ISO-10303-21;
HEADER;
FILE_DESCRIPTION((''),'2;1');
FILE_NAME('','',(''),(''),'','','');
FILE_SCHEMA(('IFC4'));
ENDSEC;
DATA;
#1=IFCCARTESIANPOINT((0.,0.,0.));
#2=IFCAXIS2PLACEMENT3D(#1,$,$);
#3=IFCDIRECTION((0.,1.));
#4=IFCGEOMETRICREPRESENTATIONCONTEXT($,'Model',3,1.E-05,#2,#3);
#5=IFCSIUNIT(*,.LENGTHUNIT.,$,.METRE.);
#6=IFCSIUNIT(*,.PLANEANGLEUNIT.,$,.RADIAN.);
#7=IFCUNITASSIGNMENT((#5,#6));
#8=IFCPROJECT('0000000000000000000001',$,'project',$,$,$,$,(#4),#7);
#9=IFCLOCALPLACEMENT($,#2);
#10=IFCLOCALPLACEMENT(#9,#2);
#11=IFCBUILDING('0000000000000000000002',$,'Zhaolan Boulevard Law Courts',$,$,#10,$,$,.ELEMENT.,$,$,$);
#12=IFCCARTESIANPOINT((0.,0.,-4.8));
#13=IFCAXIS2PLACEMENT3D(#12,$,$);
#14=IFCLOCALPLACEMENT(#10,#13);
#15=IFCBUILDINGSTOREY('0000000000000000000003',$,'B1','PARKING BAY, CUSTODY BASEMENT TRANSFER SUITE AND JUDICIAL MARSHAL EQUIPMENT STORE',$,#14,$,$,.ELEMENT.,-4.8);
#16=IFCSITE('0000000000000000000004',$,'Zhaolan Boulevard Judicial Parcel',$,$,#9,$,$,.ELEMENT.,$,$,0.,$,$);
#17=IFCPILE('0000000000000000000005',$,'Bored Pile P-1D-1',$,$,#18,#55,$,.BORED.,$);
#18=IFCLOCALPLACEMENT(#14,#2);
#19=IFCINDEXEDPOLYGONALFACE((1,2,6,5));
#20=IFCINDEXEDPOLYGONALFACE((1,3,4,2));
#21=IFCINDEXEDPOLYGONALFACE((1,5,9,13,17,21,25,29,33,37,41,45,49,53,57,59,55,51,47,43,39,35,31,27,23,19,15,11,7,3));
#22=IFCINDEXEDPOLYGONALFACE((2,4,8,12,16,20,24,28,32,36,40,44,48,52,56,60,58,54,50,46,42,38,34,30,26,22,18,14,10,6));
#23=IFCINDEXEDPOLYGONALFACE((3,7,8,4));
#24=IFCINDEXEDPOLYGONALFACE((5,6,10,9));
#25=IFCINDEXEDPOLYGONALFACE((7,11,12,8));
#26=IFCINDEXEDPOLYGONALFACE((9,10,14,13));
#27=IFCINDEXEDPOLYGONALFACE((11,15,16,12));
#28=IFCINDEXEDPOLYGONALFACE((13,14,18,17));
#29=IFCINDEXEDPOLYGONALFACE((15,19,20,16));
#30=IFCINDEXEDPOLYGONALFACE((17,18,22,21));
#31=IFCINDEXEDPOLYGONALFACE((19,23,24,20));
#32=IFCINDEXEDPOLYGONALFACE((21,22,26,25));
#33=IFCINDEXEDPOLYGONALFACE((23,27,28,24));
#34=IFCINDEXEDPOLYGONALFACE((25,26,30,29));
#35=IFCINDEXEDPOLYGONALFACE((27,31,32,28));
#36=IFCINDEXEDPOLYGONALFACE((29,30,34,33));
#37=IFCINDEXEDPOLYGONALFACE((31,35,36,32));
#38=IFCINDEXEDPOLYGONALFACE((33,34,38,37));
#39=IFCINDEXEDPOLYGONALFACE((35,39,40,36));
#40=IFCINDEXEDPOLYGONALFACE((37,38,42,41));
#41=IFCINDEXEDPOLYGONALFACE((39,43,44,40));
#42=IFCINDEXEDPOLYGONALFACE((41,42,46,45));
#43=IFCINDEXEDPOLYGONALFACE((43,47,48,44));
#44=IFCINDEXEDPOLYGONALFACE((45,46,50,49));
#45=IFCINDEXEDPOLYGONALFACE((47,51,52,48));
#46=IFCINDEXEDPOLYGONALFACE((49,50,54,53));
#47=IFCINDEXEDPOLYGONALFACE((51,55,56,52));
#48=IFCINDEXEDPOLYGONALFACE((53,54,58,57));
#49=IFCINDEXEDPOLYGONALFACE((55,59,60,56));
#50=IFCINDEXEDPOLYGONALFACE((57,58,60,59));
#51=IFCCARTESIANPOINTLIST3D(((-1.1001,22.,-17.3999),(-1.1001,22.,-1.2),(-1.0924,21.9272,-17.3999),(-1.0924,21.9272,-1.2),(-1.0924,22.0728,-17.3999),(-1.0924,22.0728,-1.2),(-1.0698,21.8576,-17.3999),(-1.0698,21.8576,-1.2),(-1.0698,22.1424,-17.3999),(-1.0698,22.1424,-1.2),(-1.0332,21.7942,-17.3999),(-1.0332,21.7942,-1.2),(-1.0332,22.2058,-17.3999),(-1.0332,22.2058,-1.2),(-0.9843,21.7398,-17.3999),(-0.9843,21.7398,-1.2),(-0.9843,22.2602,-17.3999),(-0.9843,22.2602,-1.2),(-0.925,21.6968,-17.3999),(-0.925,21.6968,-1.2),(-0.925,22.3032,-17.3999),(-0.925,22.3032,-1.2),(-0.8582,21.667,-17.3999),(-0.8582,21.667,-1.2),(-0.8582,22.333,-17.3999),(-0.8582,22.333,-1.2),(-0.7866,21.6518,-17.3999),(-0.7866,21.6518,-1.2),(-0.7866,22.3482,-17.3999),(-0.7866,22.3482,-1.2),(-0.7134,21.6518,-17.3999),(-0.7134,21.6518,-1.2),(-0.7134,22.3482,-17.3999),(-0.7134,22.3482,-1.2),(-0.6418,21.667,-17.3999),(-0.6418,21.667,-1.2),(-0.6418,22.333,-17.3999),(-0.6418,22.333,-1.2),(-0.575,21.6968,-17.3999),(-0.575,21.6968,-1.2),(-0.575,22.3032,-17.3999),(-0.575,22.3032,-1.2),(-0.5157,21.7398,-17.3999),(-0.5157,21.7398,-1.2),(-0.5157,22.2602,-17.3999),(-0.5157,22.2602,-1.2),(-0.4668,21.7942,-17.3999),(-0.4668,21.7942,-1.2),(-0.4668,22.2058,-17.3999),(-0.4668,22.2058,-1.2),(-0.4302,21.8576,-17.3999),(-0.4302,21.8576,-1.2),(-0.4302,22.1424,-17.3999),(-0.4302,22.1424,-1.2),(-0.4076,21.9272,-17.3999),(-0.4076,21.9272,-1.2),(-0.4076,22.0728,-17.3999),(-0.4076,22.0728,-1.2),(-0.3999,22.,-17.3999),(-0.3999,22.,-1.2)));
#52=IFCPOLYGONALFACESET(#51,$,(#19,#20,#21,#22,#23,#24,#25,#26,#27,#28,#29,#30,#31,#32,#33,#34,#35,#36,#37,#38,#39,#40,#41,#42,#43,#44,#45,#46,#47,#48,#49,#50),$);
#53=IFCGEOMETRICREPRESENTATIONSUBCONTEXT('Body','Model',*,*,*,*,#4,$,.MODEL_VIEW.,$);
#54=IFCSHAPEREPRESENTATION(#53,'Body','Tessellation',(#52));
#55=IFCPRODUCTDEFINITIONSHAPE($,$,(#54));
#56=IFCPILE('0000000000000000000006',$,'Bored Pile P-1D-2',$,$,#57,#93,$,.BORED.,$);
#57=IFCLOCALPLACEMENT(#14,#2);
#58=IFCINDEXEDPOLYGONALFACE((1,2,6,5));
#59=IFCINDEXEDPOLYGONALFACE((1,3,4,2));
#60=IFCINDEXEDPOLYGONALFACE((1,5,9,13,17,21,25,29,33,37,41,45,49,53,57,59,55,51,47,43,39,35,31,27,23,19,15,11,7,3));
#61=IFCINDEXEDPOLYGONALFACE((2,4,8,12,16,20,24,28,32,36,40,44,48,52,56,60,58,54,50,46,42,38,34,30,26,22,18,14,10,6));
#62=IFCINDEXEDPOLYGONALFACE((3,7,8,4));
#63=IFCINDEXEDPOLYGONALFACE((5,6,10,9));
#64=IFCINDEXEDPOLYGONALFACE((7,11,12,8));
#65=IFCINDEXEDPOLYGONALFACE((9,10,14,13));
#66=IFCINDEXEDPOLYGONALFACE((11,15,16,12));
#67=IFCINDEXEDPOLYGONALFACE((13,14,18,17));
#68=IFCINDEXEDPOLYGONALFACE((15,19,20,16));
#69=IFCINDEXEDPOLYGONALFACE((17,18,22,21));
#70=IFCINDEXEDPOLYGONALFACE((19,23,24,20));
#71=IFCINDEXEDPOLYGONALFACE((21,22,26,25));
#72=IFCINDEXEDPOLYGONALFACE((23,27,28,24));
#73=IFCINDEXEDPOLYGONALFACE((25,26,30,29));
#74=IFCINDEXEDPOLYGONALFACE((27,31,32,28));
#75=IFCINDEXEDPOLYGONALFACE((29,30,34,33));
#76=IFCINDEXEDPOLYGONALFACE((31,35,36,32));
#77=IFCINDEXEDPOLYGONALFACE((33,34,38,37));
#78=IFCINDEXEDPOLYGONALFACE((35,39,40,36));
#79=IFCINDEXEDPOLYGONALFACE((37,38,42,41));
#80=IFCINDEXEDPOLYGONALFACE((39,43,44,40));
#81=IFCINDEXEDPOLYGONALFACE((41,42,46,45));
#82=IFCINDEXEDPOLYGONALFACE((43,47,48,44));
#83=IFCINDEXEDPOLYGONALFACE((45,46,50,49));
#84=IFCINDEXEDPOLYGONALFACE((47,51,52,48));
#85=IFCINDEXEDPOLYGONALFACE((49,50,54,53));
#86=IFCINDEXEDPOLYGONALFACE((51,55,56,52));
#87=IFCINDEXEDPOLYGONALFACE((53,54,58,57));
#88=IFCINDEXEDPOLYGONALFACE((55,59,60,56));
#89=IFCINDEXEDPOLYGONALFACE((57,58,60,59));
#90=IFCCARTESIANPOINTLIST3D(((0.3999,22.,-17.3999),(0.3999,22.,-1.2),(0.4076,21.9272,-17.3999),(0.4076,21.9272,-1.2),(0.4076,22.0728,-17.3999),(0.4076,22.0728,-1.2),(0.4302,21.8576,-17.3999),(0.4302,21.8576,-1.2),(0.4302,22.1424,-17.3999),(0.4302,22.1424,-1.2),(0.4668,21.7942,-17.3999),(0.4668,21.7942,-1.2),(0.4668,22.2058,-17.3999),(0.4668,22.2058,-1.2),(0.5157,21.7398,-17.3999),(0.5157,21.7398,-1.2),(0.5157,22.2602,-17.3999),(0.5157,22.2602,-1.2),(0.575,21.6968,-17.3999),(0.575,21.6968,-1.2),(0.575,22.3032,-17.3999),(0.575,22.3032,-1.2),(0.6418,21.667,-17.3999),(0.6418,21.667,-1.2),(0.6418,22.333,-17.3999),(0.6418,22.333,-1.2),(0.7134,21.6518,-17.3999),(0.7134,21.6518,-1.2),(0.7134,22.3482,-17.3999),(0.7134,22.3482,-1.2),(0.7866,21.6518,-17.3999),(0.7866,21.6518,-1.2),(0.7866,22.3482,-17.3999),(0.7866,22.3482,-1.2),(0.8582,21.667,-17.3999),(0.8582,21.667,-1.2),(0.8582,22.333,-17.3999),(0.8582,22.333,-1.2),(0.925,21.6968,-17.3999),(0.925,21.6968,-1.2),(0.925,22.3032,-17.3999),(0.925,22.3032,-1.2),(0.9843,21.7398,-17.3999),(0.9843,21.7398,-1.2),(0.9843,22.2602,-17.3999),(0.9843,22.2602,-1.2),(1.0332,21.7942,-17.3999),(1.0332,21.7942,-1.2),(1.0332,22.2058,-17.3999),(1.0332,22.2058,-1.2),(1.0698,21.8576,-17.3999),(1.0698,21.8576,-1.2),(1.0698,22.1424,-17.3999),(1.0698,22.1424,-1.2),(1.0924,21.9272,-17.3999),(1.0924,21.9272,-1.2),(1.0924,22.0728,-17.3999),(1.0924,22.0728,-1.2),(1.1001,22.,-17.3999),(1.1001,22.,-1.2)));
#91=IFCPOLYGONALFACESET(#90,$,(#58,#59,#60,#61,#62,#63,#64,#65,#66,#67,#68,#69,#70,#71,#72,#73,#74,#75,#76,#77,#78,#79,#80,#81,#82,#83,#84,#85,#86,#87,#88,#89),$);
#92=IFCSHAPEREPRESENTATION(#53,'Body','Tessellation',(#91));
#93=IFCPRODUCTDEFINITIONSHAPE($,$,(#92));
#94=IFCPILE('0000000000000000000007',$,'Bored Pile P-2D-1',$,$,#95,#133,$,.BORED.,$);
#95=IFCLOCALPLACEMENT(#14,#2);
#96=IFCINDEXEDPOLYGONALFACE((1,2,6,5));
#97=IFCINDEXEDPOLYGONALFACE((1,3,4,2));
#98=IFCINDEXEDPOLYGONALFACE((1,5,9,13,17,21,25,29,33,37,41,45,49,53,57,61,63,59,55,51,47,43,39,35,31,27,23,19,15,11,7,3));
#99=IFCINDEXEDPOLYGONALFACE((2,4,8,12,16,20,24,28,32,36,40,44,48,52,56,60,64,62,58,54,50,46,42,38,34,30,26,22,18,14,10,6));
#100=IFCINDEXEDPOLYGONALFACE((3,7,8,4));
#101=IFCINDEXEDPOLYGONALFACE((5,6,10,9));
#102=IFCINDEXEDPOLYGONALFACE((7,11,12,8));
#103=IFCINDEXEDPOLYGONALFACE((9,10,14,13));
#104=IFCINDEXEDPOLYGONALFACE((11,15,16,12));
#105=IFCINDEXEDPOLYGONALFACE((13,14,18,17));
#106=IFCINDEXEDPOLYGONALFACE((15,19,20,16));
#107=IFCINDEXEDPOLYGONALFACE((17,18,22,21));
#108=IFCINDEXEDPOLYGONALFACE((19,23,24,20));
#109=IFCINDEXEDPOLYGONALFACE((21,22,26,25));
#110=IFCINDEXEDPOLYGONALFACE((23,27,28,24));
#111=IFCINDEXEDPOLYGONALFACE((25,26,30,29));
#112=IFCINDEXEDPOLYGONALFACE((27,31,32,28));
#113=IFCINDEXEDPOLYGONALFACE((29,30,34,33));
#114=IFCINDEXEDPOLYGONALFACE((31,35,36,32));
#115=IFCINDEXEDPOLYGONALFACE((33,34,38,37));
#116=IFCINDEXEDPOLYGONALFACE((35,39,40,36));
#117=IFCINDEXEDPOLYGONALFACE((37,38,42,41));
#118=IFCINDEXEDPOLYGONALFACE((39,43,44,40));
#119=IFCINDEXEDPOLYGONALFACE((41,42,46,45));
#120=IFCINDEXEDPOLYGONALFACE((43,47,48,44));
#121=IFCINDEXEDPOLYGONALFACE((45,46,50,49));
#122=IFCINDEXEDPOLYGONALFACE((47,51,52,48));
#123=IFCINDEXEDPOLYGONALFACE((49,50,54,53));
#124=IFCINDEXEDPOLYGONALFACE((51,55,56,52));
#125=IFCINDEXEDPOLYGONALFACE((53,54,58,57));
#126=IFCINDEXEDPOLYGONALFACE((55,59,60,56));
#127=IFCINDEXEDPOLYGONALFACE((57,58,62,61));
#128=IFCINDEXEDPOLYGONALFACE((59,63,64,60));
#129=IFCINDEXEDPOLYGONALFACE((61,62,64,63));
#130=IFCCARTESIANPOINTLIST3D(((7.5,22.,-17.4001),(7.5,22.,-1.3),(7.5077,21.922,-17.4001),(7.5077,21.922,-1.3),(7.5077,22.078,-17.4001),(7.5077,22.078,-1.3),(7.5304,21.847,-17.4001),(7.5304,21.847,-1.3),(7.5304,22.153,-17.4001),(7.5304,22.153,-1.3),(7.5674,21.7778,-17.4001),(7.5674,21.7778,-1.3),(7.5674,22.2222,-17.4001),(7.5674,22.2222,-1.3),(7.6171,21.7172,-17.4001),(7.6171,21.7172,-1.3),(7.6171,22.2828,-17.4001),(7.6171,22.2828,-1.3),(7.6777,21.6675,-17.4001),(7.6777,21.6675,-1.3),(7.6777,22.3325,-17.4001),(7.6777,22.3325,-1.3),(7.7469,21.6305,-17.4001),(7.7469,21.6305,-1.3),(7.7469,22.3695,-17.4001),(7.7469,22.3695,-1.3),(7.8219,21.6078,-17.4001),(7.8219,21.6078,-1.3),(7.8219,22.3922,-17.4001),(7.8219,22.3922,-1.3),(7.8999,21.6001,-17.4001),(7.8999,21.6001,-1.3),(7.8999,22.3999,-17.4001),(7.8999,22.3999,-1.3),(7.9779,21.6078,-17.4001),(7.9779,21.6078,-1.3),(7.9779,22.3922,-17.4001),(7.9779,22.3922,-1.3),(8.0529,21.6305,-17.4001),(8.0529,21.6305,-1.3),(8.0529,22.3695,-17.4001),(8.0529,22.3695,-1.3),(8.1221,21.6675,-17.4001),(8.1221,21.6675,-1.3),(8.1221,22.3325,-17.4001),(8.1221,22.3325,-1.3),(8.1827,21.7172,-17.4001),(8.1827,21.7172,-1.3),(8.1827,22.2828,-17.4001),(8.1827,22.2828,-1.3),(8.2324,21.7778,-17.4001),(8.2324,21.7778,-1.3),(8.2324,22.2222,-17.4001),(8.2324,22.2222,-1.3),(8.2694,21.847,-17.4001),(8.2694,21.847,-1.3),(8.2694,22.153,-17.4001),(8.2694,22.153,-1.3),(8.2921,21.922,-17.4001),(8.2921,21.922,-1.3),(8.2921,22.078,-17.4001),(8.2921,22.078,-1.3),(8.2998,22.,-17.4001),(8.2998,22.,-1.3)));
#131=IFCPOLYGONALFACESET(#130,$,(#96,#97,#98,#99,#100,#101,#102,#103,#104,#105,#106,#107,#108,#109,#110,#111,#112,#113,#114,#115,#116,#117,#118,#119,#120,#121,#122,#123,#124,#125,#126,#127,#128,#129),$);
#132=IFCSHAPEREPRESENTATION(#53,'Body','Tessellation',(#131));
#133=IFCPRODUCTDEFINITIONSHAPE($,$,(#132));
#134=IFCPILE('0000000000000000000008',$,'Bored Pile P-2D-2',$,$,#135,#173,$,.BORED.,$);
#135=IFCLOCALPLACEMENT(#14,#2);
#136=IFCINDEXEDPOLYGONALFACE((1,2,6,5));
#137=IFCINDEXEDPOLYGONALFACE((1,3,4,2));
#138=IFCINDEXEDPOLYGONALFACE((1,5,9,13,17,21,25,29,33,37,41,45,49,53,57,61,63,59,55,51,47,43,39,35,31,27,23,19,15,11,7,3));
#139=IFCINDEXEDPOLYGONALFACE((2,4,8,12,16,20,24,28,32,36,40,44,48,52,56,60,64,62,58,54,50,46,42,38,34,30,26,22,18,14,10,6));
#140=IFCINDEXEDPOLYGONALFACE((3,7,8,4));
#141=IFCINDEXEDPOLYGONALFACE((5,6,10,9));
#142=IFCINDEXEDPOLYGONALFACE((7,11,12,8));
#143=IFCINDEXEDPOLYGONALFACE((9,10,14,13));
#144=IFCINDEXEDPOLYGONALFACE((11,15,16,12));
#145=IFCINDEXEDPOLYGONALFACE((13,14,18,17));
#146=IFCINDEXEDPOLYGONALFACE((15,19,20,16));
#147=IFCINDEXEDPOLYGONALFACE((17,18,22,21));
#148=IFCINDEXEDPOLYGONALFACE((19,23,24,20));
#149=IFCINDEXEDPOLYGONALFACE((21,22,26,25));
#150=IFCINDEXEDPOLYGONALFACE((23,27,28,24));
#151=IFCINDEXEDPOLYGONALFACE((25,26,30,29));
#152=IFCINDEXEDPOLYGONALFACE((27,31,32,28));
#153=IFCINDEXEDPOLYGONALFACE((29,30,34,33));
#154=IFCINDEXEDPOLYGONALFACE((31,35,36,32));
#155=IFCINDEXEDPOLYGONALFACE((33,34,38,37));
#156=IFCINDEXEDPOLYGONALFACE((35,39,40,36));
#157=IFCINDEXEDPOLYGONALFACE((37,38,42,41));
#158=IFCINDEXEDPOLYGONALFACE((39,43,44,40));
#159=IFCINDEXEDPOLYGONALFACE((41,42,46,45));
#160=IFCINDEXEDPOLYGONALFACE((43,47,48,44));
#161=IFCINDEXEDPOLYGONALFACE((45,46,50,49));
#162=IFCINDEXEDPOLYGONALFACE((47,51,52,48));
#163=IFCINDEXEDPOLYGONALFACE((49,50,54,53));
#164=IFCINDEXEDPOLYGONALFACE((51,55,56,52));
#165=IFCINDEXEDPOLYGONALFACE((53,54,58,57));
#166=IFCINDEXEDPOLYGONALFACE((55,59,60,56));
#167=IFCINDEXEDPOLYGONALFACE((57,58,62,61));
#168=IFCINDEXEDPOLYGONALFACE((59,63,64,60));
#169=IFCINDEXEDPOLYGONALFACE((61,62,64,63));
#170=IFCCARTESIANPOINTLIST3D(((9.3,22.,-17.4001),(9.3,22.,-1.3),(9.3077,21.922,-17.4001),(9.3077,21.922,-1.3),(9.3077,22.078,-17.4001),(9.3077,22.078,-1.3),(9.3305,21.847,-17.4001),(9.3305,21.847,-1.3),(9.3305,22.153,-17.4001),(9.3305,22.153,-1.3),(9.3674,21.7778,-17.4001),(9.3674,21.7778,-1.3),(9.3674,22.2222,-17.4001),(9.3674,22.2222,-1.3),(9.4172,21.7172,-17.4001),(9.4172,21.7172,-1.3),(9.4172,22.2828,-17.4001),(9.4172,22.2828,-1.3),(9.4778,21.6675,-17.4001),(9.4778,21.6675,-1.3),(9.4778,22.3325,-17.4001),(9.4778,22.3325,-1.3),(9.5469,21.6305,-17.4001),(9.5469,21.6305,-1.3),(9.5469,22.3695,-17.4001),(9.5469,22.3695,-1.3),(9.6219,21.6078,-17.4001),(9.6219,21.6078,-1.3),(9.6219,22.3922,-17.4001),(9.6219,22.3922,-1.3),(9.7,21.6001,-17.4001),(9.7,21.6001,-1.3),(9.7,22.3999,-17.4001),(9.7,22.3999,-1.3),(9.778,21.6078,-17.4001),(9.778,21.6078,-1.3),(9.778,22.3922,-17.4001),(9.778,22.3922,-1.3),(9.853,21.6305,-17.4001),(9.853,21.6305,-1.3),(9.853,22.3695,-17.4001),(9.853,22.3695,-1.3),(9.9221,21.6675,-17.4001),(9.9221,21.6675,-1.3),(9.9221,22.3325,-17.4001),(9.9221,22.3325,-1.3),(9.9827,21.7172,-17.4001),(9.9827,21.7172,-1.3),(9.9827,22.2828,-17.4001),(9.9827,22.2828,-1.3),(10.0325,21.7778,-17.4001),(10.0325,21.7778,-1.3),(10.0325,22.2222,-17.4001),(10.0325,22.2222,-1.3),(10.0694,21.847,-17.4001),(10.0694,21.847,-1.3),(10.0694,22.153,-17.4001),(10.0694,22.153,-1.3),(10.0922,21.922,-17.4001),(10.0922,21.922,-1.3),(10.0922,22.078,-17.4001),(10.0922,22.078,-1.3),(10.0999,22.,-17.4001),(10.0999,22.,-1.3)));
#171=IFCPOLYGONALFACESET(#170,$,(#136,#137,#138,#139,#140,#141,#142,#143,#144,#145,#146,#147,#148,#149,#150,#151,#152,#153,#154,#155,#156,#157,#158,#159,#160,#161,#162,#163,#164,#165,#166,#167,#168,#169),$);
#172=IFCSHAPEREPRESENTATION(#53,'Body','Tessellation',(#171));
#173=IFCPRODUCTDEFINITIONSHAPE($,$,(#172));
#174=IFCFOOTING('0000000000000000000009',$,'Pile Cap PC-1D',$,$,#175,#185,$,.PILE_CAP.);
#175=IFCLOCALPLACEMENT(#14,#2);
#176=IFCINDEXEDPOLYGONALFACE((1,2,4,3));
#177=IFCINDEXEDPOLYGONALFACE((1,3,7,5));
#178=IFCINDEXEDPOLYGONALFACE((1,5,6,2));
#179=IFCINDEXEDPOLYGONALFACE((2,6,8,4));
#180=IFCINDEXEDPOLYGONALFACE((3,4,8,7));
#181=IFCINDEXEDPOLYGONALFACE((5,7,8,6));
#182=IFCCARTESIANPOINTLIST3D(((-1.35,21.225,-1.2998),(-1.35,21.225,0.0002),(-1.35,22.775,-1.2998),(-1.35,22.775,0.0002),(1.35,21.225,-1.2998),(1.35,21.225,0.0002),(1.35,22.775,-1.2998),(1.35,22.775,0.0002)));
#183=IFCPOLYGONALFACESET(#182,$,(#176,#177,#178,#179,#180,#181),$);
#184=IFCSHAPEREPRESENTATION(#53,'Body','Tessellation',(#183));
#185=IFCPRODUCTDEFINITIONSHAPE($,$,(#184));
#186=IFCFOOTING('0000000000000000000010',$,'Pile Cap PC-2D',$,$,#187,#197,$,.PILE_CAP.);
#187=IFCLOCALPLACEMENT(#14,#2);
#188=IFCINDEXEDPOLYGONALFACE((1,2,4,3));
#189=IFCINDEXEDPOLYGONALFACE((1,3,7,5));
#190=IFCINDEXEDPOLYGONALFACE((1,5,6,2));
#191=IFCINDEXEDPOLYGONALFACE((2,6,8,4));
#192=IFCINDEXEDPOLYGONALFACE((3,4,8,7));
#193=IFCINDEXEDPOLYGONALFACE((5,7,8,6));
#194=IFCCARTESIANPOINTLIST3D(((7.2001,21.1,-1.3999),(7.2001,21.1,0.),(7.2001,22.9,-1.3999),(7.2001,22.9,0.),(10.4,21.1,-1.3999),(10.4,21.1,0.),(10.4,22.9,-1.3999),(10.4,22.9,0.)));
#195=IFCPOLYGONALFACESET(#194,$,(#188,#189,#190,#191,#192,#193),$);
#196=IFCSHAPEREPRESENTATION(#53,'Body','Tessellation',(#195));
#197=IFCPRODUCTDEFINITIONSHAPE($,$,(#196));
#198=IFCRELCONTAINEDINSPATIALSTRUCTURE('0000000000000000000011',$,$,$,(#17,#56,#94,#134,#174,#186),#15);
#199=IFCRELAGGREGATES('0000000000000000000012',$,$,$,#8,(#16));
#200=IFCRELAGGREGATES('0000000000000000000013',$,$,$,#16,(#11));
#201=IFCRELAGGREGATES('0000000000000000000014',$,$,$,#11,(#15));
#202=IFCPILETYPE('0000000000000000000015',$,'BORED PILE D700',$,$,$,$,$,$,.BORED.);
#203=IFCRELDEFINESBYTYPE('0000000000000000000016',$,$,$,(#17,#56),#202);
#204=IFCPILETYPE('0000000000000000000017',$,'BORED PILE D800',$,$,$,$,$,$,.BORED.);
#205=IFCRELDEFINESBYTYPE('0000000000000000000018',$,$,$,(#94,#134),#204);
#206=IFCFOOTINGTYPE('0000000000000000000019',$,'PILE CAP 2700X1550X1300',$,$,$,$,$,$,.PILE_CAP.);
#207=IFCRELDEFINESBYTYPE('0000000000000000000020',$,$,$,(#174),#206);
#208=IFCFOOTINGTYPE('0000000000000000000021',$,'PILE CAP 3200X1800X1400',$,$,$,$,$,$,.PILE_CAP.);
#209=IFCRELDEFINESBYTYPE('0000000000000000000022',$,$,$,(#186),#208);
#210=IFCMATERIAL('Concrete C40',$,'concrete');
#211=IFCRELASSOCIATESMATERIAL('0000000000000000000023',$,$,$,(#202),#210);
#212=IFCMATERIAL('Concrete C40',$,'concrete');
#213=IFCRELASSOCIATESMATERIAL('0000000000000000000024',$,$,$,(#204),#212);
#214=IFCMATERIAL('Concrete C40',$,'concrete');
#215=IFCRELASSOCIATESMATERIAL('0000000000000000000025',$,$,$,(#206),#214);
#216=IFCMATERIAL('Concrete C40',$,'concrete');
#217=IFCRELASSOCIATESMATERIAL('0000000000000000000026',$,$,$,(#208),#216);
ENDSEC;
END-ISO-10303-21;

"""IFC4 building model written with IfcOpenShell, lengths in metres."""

from ifc_helpers import new_model, si_unit, direction, frame, origin, origin_2d, place, context, subcontext, project, spatial, rectangle, circle, extrude, material, material_profile, profile_set, type_object, element, save


model = new_model("IFC4")

# Units and contexts
model_context = context("Model", 3, precision=1e-05, world=origin(), true_north=direction((0.0, 1.0)))
body_context = subcontext(model_context, "Body", "Model", "MODEL_VIEW")
ifc_project = project(units=[si_unit("LENGTHUNIT", "METRE"), si_unit("PLANEANGLEUNIT", "RADIAN")], contexts=[model_context])

# Site, building, storey
site_placement = place(None, origin())
site = spatial("IfcSite", under=ifc_project, at=site_placement, Name="Zhaolan Boulevard Judicial Parcel", CompositionType="ELEMENT", RefElevation=0.0)
building_placement = place(site_placement, origin())
building = spatial("IfcBuilding", under=site, at=building_placement, Name="Zhaolan Boulevard Law Courts", CompositionType="ELEMENT")
storey_placement = place(building_placement, frame((0.0, 0.0, -4.8)))
storey = spatial("IfcBuildingStorey", under=building, at=storey_placement, Name="B1", Description="PARKING BAY, CUSTODY BASEMENT TRANSFER SUITE AND JUDICIAL MARSHAL EQUIPMENT STORE", CompositionType="ELEMENT", Elevation=-4.8)

# Piles
ifc_material_1 = material(Name="Concrete C40", Category="concrete")
ifc_material_profile_1 = material_profile(ifc_material_1, circle(Radius=0.3501, at=origin_2d()), Name="PILE-D700")
ifc_profile_set_1 = profile_set([ifc_material_profile_1], Name="Concrete C40")
pile_type_1 = type_object("IfcPileType", Name="BORED PILE D700", PredefinedType="BORED", material=ifc_profile_set_1)
for number, where, z_axis, x_axis, name in (
    (1, (-0.75, 22.0, -1.2), (0.0, 0.0, -1.0), (1.0, 0.0, 0.0), "Bored Pile P-1D-1"),
    (2, (0.75, 22.0, -1.2), (0.0, 0.0, -1.0), (1.0, 0.0, 0.0), "Bored Pile P-1D-2"),
):
    element("IfcPile", number, at=place(storey_placement, frame(where, z_axis=z_axis, x_axis=x_axis)), inside=storey, type_object=pile_type_1, Name=name, PredefinedType="BORED", context=body_context, shape_type="SweptSolid", body=[
        extrude(circle(Radius=0.3501, at=origin_2d()), origin(), (0.0, 0.0, 1.0), 16.2),
    ])
ifc_material_2 = material(Name="Concrete C40", Category="concrete")
ifc_material_profile_2 = material_profile(ifc_material_2, circle(Radius=0.3999, at=origin_2d()), Name="PILE-D800")
ifc_profile_set_2 = profile_set([ifc_material_profile_2], Name="Concrete C40")
pile_type_2 = type_object("IfcPileType", Name="BORED PILE D800", PredefinedType="BORED", material=ifc_profile_set_2)
for number, where, z_axis, x_axis, name in (
    (3, (7.8999, 22.0, -1.3), (0.0, 0.0, -1.0), (1.0, 0.0, 0.0), "Bored Pile P-2D-1"),
    (4, (9.7, 22.0, -1.3), (0.0, 0.0, -1.0), (1.0, 0.0, 0.0), "Bored Pile P-2D-2"),
):
    element("IfcPile", number, at=place(storey_placement, frame(where, z_axis=z_axis, x_axis=x_axis)), inside=storey, type_object=pile_type_2, Name=name, PredefinedType="BORED", context=body_context, shape_type="SweptSolid", body=[
        extrude(circle(Radius=0.3999, at=origin_2d()), origin(), (0.0, 0.0, 1.0), 16.1001),
    ])

# Footings
ifc_material_3 = material(Name="Concrete C40", Category="concrete")
footing_type_1 = type_object("IfcFootingType", Name="PILE CAP 2700X1550X1300", PredefinedType="PILE_CAP", material=ifc_material_3)
footing_1_placement = place(storey_placement, frame((0.0, 22.0, -1.2998), z_axis=(0.0, 0.0, 1.0), x_axis=(1.0, 0.0, 0.0)))
element("IfcFooting", 5, at=footing_1_placement, inside=storey, type_object=footing_type_1, Name="Pile Cap PC-1D", PredefinedType="PILE_CAP", context=body_context, shape_type="SweptSolid", body=[
    extrude(rectangle(XDim=2.7, YDim=1.55, at=origin_2d()), origin(), (0.0, 0.0, 1.0), 1.3),
])
ifc_material_4 = material(Name="Concrete C40", Category="concrete")
footing_type_2 = type_object("IfcFootingType", Name="PILE CAP 3200X1800X1400", PredefinedType="PILE_CAP", material=ifc_material_4)
footing_2_placement = place(storey_placement, frame((8.8, 22.0, -1.3999), z_axis=(0.0, 0.0, 1.0), x_axis=(1.0, 0.0, 0.0)))
element("IfcFooting", 6, at=footing_2_placement, inside=storey, type_object=footing_type_2, Name="Pile Cap PC-2D", PredefinedType="PILE_CAP", context=body_context, shape_type="SweptSolid", body=[
    extrude(rectangle(XDim=3.2, YDim=1.8, at=origin_2d()), origin(), (0.0, 0.0, 1.0), 1.3999),
])

save(model, "model.ifc")
